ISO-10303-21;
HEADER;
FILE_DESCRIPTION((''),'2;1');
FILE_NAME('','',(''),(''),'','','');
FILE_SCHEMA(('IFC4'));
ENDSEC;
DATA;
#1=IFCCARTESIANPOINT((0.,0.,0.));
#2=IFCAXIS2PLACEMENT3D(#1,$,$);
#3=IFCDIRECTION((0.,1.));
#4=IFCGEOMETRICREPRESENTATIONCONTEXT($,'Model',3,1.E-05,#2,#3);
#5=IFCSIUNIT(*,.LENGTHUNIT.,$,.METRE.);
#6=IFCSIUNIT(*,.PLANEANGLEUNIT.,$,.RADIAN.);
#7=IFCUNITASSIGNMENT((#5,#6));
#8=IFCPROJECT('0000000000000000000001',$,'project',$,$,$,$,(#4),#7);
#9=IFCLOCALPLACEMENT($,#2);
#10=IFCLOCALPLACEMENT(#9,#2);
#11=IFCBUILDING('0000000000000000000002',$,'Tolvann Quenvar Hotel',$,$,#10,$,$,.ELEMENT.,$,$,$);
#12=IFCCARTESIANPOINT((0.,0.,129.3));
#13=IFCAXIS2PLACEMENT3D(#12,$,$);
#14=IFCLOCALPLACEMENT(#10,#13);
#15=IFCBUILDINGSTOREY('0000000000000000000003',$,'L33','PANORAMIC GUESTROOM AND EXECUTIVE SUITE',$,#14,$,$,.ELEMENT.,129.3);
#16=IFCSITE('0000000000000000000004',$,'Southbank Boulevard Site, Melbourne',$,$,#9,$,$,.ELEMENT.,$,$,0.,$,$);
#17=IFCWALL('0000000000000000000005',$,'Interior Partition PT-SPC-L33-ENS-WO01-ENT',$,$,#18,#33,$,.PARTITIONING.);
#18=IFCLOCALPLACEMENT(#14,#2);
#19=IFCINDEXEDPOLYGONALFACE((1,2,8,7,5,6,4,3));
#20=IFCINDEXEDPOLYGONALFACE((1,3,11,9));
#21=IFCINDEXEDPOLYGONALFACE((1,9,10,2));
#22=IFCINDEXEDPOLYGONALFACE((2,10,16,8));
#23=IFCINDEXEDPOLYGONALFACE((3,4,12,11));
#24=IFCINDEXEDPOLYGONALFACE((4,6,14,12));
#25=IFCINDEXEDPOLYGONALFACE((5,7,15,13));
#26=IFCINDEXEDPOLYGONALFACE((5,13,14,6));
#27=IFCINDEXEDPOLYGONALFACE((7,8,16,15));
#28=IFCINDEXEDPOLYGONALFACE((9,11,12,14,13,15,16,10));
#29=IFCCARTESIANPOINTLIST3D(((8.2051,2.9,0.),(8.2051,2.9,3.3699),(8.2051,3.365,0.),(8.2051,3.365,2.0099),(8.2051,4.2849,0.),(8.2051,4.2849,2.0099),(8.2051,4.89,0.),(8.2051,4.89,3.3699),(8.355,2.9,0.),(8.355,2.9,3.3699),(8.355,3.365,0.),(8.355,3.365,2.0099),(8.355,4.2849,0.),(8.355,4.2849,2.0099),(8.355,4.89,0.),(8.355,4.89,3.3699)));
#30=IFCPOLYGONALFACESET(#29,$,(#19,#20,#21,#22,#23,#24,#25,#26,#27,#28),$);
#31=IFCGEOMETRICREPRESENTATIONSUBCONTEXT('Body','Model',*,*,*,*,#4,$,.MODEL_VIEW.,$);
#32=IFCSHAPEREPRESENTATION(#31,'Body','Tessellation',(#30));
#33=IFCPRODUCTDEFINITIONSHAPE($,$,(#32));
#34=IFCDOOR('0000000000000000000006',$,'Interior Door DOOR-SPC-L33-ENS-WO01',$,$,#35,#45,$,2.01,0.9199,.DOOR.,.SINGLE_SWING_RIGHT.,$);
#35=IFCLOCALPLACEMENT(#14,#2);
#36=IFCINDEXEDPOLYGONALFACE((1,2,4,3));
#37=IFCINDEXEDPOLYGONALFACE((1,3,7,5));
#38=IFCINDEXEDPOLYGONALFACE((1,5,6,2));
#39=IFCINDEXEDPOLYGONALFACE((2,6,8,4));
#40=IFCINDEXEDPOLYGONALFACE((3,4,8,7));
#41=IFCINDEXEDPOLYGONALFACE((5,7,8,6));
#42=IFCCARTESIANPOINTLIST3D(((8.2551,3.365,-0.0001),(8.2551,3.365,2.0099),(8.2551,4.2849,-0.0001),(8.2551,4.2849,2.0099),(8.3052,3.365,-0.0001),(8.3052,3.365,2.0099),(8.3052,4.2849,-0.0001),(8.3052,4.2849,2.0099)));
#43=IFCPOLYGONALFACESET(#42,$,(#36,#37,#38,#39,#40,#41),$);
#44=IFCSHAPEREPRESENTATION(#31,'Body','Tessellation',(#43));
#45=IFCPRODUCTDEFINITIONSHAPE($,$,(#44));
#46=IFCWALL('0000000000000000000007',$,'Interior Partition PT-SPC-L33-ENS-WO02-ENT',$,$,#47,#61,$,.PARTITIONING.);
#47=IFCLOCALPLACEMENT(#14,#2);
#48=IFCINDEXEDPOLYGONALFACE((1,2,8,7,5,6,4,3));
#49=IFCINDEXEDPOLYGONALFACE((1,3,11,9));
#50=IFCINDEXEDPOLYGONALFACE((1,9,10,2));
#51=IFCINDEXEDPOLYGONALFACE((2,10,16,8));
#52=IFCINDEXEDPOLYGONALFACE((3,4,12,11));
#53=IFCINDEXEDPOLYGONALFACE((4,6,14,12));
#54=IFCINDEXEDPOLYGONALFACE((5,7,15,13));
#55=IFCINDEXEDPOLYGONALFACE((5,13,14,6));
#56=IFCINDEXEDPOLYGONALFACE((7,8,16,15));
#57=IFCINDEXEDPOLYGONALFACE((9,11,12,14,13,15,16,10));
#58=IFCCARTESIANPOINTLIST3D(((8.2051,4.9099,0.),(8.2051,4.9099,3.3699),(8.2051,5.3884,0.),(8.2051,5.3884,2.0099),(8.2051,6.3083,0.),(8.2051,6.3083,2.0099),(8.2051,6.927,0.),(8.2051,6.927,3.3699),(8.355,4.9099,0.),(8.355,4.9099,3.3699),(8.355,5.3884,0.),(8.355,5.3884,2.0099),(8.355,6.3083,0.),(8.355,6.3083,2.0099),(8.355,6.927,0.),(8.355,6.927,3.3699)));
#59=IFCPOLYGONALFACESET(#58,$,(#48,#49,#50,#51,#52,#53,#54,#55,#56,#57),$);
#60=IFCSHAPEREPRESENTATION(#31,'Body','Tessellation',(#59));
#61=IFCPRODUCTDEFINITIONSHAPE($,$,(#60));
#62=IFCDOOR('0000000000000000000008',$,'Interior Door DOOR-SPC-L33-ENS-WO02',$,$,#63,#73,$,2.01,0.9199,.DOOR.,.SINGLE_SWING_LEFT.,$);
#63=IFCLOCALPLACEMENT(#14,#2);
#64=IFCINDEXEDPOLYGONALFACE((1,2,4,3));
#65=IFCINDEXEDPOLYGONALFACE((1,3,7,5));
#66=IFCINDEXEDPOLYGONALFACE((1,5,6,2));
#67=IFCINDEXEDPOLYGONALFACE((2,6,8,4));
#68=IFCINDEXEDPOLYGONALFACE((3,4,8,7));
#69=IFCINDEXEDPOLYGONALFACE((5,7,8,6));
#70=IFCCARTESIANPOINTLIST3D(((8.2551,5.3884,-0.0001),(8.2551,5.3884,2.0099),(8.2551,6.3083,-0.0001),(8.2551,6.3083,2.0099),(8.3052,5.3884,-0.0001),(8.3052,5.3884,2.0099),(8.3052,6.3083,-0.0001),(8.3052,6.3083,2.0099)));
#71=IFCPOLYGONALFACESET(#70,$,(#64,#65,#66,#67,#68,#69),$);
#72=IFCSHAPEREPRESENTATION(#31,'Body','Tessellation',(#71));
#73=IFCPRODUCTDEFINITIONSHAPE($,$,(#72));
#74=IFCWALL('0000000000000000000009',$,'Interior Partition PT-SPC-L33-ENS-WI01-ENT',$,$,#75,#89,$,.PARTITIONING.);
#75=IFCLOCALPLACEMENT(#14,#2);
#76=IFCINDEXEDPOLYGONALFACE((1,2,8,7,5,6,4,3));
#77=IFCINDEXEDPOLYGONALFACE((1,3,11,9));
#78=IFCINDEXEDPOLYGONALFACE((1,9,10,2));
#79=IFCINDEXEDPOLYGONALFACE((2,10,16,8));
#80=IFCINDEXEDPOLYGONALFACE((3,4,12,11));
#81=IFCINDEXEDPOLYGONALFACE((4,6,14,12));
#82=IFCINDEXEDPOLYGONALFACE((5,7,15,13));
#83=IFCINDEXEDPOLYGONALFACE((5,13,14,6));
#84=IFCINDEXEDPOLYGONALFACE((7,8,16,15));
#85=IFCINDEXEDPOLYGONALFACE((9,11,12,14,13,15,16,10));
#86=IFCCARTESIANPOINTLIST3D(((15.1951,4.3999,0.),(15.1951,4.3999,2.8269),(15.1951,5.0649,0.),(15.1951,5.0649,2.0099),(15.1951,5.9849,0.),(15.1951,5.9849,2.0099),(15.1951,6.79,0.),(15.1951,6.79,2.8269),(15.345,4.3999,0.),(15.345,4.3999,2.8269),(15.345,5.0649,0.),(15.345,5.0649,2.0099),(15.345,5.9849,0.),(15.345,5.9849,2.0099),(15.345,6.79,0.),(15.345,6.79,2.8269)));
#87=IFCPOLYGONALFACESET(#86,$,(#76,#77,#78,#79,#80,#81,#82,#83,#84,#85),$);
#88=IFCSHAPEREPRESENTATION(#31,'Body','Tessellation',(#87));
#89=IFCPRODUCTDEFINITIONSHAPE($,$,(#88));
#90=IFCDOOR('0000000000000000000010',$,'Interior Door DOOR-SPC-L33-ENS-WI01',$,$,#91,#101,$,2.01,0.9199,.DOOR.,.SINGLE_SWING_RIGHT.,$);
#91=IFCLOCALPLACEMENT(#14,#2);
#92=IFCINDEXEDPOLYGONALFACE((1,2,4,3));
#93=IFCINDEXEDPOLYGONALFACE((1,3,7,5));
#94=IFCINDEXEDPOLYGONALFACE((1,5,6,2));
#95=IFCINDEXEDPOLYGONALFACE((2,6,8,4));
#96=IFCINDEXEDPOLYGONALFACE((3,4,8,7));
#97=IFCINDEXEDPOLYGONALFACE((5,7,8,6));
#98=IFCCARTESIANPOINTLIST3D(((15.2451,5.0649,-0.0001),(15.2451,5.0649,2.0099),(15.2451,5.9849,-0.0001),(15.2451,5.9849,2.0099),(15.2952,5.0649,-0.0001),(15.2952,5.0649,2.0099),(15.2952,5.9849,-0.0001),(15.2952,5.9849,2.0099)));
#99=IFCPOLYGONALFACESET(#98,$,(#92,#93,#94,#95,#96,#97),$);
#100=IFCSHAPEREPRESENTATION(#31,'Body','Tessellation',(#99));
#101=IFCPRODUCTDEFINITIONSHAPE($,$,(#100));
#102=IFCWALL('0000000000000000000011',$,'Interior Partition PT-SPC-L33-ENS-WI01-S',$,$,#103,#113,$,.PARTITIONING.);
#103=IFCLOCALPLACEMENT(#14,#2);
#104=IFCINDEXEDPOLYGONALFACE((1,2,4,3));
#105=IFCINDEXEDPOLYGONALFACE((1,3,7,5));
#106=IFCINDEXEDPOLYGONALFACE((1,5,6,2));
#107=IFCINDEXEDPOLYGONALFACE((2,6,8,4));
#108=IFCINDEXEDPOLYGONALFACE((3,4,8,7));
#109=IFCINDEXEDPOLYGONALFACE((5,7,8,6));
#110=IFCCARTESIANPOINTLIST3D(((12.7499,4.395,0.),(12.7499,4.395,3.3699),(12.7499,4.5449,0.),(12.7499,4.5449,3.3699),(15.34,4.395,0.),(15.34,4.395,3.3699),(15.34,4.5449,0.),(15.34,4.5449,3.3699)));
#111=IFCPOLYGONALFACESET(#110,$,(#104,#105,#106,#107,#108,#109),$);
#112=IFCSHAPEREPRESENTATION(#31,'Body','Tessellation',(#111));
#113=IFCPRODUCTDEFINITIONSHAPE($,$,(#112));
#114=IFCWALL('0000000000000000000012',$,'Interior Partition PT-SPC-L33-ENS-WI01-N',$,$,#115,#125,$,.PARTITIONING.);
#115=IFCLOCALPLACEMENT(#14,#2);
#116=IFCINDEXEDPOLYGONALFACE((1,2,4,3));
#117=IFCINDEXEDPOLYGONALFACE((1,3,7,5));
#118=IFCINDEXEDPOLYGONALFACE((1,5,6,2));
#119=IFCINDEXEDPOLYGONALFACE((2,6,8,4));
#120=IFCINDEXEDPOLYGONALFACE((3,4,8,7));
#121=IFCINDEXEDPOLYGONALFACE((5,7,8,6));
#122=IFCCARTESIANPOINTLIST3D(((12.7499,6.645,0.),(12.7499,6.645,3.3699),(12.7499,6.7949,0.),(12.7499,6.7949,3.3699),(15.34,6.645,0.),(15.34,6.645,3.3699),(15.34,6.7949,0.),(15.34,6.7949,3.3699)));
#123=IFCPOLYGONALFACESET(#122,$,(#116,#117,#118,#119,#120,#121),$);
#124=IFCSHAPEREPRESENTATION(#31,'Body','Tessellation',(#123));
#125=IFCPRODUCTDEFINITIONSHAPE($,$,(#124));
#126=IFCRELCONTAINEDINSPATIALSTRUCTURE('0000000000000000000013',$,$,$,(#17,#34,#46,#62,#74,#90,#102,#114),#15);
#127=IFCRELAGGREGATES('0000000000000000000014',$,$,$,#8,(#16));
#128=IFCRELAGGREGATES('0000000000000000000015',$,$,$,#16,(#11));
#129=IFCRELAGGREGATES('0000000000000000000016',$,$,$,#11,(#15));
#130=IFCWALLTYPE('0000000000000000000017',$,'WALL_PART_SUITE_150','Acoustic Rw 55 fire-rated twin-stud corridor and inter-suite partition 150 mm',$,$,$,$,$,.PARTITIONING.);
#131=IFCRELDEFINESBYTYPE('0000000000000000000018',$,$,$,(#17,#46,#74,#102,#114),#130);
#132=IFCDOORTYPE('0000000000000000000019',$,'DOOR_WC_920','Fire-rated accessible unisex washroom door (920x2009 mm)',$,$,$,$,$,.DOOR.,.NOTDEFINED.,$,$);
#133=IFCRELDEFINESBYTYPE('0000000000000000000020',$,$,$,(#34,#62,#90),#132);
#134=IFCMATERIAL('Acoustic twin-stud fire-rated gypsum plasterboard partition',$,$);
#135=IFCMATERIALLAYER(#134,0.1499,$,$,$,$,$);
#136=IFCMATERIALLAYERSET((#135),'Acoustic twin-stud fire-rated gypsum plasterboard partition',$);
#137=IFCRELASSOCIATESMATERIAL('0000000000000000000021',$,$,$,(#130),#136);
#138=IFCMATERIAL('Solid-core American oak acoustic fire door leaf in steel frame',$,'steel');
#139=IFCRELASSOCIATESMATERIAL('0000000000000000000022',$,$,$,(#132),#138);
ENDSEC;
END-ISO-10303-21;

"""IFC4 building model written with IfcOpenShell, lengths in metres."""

from ifc_helpers import new_model, si_unit, direction, frame, frame_2d, origin, place, context, subcontext, project, spatial, rectangle, extrude, source, transform, mapped, material, layer, layer_set, type_object, type_shapes, element, fill, save


model = new_model("IFC4")

# Units and contexts
model_context = context("Model", 3, precision=1e-05, world=origin(), true_north=direction((0.0, 1.0)))
body_context = subcontext(model_context, "Body", "Model", "MODEL_VIEW")
ifc_project = project(units=[si_unit("LENGTHUNIT", "METRE"), si_unit("PLANEANGLEUNIT", "RADIAN")], contexts=[model_context])

# Site, building, storey
site_placement = place(None, origin())
site = spatial("IfcSite", under=ifc_project, at=site_placement, Name="Southbank Boulevard Site, Melbourne", CompositionType="ELEMENT", RefElevation=0.0)
building_placement = place(site_placement, origin())
building = spatial("IfcBuilding", under=site, at=building_placement, Name="Tolvann Quenvar Hotel", CompositionType="ELEMENT")
storey_placement = place(building_placement, frame((0.0, 0.0, 129.3)))
storey = spatial("IfcBuildingStorey", under=building, at=storey_placement, Name="L33", Description="PANORAMIC GUESTROOM AND EXECUTIVE SUITE", CompositionType="ELEMENT", Elevation=129.3)

# Walls, openings, doors
ifc_material_1 = material(Name="Acoustic twin-stud fire-rated gypsum plasterboard partition")
ifc_layer_1 = layer(ifc_material_1, 0.1499)
ifc_layer_set_1 = layer_set([ifc_layer_1], Name="Acoustic twin-stud fire-rated gypsum plasterboard partition")
wall_type_1 = type_object("IfcWallType", Name="WALL_PART_SUITE_150", Description="Acoustic Rw 55 fire-rated twin-stud corridor and inter-suite partition 150 mm", PredefinedType="PARTITIONING", material=ifc_layer_set_1)
wall_1_placement = place(storey_placement, frame((8.28, 2.8999, 0.0), z_axis=(0.0, 0.0, 1.0), x_axis=(0.0, 1.0, 0.0)))
wall_1 = element("IfcWall", 1, at=wall_1_placement, inside=storey, type_object=wall_type_1, Name="Interior Partition PT-SPC-L33-ENS-WO01-ENT", PredefinedType="PARTITIONING", context=body_context, shape_type="SweptSolid", body=[
    extrude(rectangle(XDim=1.99, YDim=0.1499, at=frame_2d((0.9951, 0.0))), origin(), (0.0, 0.0, 1.0), 3.3699),
])
opening_1_placement = place(wall_1_placement, frame((0.4651, 0.0, 0.0)))
opening_1 = element("IfcOpeningElement", 2, at=opening_1_placement, cuts=wall_1, PredefinedType="OPENING", context=body_context, shape_type="SweptSolid", body=[
    extrude(rectangle(XDim=0.9199, YDim=2.01, at=frame_2d((0.46, 1.0049))), frame((0.0, 0.085, 0.0), z_axis=(0.0, -1.0, 0.0), x_axis=(1.0, 0.0, 0.0)), (0.0, 0.0, 1.0), 0.1699),
])
ifc_material_2 = material(Name="Solid-core American oak acoustic fire door leaf in steel frame", Category="steel")
door_type_1 = type_object("IfcDoorType", Name="DOOR_WC_920", Description="Fire-rated accessible unisex washroom door (920x2009 mm)", OperationType="NOTDEFINED", PredefinedType="DOOR", material=ifc_material_2)
shared_shape_1 = source(origin(), body_context, "Body", "SweptSolid", [
    extrude(rectangle(XDim=0.9199, YDim=2.01, at=frame_2d((0.46, 1.0049))), frame((0.0, 0.0249, 0.0), z_axis=(0.0, -1.0, 0.0), x_axis=(1.0, 0.0, 0.0)), (0.0, 0.0, 1.0), 0.05),
])
type_shapes(door_type_1, [shared_shape_1])
door_1_placement = place(opening_1_placement, origin())
door_1 = element("IfcDoor", 3, at=door_1_placement, inside=storey, type_object=door_type_1, Name="Interior Door DOOR-SPC-L33-ENS-WO01", OperationType="SINGLE_SWING_RIGHT", OverallHeight=2.01, OverallWidth=0.9199, PredefinedType="DOOR", context=body_context, shape_type="MappedRepresentation", body=[
    mapped(shared_shape_1, transform((0.0, 0.0, 0.0), x_axis=(1.0, 0.0, 0.0), y_axis=(0.0, 1.0, 0.0), z_axis=(0.0, 0.0, 1.0), scale=1.0)),
])
fill(opening_1, door_1)
wall_2_placement = place(storey_placement, frame((8.28, 4.9099, 0.0), z_axis=(0.0, 0.0, 1.0), x_axis=(0.0, 1.0, 0.0)))
wall_2 = element("IfcWall", 4, at=wall_2_placement, inside=storey, type_object=wall_type_1, Name="Interior Partition PT-SPC-L33-ENS-WO02-ENT", PredefinedType="PARTITIONING", context=body_context, shape_type="SweptSolid", body=[
    extrude(rectangle(XDim=2.0171, YDim=0.1499, at=frame_2d((1.0085, 0.0))), origin(), (0.0, 0.0, 1.0), 3.3699),
])
opening_2_placement = place(wall_2_placement, frame((0.4785, 0.0, 0.0)))
opening_2 = element("IfcOpeningElement", 5, at=opening_2_placement, cuts=wall_2, PredefinedType="OPENING", context=body_context, shape_type="SweptSolid", body=[
    extrude(rectangle(XDim=0.9199, YDim=2.01, at=frame_2d((0.46, 1.0049))), frame((0.0, 0.085, 0.0), z_axis=(0.0, -1.0, 0.0), x_axis=(1.0, 0.0, 0.0)), (0.0, 0.0, 1.0), 0.1699),
])
door_2_placement = place(opening_2_placement, origin())
door_2 = element("IfcDoor", 6, at=door_2_placement, inside=storey, type_object=door_type_1, Name="Interior Door DOOR-SPC-L33-ENS-WO02", OperationType="SINGLE_SWING_LEFT", OverallHeight=2.01, OverallWidth=0.9199, PredefinedType="DOOR", context=body_context, shape_type="MappedRepresentation", body=[
    mapped(shared_shape_1, transform((0.0, 0.0, 0.0), x_axis=(1.0, 0.0, 0.0), y_axis=(0.0, 1.0, 0.0), z_axis=(0.0, 0.0, 1.0), scale=1.0)),
])
fill(opening_2, door_2)
wall_3_placement = place(storey_placement, frame((15.27, 4.3999, 0.0), z_axis=(0.0, 0.0, 1.0), x_axis=(0.0, 1.0, 0.0)))
wall_3 = element("IfcWall", 7, at=wall_3_placement, inside=storey, type_object=wall_type_1, Name="Interior Partition PT-SPC-L33-ENS-WI01-ENT", PredefinedType="PARTITIONING", context=body_context, shape_type="SweptSolid", body=[
    extrude(rectangle(XDim=2.3901, YDim=0.1499, at=frame_2d((1.1951, 0.0))), origin(), (0.0, 0.0, 1.0), 2.8269),
])
opening_3_placement = place(wall_3_placement, frame((0.665, 0.0, 0.0)))
opening_3 = element("IfcOpeningElement", 8, at=opening_3_placement, cuts=wall_3, PredefinedType="OPENING", context=body_context, shape_type="SweptSolid", body=[
    extrude(rectangle(XDim=0.9199, YDim=2.01, at=frame_2d((0.46, 1.0049))), frame((0.0, 0.085, 0.0), z_axis=(0.0, -1.0, 0.0), x_axis=(1.0, 0.0, 0.0)), (0.0, 0.0, 1.0), 0.1699),
])
door_3_placement = place(opening_3_placement, origin())
door_3 = element("IfcDoor", 9, at=door_3_placement, inside=storey, type_object=door_type_1, Name="Interior Door DOOR-SPC-L33-ENS-WI01", OperationType="SINGLE_SWING_RIGHT", OverallHeight=2.01, OverallWidth=0.9199, PredefinedType="DOOR", context=body_context, shape_type="MappedRepresentation", body=[
    mapped(shared_shape_1, transform((0.0, 0.0, 0.0), x_axis=(1.0, 0.0, 0.0), y_axis=(0.0, 1.0, 0.0), z_axis=(0.0, 0.0, 1.0), scale=1.0)),
])
fill(opening_3, door_3)

# Walls
for number, where, z_axis, x_axis, name in (
    (10, (12.75, 4.47, 0.0), (0.0, 0.0, 1.0), (1.0, 0.0, 0.0), "Interior Partition PT-SPC-L33-ENS-WI01-S"),
    (11, (12.75, 6.72, 0.0), (0.0, 0.0, 1.0), (1.0, 0.0, 0.0), "Interior Partition PT-SPC-L33-ENS-WI01-N"),
):
    element("IfcWall", number, at=place(storey_placement, frame(where, z_axis=z_axis, x_axis=x_axis)), inside=storey, type_object=wall_type_1, Name=name, PredefinedType="PARTITIONING", context=body_context, shape_type="SweptSolid", body=[
        extrude(rectangle(XDim=2.5901, YDim=0.1499, at=frame_2d((1.2949, 0.0))), origin(), (0.0, 0.0, 1.0), 3.3699),
    ])

save(model, "model.ifc")
